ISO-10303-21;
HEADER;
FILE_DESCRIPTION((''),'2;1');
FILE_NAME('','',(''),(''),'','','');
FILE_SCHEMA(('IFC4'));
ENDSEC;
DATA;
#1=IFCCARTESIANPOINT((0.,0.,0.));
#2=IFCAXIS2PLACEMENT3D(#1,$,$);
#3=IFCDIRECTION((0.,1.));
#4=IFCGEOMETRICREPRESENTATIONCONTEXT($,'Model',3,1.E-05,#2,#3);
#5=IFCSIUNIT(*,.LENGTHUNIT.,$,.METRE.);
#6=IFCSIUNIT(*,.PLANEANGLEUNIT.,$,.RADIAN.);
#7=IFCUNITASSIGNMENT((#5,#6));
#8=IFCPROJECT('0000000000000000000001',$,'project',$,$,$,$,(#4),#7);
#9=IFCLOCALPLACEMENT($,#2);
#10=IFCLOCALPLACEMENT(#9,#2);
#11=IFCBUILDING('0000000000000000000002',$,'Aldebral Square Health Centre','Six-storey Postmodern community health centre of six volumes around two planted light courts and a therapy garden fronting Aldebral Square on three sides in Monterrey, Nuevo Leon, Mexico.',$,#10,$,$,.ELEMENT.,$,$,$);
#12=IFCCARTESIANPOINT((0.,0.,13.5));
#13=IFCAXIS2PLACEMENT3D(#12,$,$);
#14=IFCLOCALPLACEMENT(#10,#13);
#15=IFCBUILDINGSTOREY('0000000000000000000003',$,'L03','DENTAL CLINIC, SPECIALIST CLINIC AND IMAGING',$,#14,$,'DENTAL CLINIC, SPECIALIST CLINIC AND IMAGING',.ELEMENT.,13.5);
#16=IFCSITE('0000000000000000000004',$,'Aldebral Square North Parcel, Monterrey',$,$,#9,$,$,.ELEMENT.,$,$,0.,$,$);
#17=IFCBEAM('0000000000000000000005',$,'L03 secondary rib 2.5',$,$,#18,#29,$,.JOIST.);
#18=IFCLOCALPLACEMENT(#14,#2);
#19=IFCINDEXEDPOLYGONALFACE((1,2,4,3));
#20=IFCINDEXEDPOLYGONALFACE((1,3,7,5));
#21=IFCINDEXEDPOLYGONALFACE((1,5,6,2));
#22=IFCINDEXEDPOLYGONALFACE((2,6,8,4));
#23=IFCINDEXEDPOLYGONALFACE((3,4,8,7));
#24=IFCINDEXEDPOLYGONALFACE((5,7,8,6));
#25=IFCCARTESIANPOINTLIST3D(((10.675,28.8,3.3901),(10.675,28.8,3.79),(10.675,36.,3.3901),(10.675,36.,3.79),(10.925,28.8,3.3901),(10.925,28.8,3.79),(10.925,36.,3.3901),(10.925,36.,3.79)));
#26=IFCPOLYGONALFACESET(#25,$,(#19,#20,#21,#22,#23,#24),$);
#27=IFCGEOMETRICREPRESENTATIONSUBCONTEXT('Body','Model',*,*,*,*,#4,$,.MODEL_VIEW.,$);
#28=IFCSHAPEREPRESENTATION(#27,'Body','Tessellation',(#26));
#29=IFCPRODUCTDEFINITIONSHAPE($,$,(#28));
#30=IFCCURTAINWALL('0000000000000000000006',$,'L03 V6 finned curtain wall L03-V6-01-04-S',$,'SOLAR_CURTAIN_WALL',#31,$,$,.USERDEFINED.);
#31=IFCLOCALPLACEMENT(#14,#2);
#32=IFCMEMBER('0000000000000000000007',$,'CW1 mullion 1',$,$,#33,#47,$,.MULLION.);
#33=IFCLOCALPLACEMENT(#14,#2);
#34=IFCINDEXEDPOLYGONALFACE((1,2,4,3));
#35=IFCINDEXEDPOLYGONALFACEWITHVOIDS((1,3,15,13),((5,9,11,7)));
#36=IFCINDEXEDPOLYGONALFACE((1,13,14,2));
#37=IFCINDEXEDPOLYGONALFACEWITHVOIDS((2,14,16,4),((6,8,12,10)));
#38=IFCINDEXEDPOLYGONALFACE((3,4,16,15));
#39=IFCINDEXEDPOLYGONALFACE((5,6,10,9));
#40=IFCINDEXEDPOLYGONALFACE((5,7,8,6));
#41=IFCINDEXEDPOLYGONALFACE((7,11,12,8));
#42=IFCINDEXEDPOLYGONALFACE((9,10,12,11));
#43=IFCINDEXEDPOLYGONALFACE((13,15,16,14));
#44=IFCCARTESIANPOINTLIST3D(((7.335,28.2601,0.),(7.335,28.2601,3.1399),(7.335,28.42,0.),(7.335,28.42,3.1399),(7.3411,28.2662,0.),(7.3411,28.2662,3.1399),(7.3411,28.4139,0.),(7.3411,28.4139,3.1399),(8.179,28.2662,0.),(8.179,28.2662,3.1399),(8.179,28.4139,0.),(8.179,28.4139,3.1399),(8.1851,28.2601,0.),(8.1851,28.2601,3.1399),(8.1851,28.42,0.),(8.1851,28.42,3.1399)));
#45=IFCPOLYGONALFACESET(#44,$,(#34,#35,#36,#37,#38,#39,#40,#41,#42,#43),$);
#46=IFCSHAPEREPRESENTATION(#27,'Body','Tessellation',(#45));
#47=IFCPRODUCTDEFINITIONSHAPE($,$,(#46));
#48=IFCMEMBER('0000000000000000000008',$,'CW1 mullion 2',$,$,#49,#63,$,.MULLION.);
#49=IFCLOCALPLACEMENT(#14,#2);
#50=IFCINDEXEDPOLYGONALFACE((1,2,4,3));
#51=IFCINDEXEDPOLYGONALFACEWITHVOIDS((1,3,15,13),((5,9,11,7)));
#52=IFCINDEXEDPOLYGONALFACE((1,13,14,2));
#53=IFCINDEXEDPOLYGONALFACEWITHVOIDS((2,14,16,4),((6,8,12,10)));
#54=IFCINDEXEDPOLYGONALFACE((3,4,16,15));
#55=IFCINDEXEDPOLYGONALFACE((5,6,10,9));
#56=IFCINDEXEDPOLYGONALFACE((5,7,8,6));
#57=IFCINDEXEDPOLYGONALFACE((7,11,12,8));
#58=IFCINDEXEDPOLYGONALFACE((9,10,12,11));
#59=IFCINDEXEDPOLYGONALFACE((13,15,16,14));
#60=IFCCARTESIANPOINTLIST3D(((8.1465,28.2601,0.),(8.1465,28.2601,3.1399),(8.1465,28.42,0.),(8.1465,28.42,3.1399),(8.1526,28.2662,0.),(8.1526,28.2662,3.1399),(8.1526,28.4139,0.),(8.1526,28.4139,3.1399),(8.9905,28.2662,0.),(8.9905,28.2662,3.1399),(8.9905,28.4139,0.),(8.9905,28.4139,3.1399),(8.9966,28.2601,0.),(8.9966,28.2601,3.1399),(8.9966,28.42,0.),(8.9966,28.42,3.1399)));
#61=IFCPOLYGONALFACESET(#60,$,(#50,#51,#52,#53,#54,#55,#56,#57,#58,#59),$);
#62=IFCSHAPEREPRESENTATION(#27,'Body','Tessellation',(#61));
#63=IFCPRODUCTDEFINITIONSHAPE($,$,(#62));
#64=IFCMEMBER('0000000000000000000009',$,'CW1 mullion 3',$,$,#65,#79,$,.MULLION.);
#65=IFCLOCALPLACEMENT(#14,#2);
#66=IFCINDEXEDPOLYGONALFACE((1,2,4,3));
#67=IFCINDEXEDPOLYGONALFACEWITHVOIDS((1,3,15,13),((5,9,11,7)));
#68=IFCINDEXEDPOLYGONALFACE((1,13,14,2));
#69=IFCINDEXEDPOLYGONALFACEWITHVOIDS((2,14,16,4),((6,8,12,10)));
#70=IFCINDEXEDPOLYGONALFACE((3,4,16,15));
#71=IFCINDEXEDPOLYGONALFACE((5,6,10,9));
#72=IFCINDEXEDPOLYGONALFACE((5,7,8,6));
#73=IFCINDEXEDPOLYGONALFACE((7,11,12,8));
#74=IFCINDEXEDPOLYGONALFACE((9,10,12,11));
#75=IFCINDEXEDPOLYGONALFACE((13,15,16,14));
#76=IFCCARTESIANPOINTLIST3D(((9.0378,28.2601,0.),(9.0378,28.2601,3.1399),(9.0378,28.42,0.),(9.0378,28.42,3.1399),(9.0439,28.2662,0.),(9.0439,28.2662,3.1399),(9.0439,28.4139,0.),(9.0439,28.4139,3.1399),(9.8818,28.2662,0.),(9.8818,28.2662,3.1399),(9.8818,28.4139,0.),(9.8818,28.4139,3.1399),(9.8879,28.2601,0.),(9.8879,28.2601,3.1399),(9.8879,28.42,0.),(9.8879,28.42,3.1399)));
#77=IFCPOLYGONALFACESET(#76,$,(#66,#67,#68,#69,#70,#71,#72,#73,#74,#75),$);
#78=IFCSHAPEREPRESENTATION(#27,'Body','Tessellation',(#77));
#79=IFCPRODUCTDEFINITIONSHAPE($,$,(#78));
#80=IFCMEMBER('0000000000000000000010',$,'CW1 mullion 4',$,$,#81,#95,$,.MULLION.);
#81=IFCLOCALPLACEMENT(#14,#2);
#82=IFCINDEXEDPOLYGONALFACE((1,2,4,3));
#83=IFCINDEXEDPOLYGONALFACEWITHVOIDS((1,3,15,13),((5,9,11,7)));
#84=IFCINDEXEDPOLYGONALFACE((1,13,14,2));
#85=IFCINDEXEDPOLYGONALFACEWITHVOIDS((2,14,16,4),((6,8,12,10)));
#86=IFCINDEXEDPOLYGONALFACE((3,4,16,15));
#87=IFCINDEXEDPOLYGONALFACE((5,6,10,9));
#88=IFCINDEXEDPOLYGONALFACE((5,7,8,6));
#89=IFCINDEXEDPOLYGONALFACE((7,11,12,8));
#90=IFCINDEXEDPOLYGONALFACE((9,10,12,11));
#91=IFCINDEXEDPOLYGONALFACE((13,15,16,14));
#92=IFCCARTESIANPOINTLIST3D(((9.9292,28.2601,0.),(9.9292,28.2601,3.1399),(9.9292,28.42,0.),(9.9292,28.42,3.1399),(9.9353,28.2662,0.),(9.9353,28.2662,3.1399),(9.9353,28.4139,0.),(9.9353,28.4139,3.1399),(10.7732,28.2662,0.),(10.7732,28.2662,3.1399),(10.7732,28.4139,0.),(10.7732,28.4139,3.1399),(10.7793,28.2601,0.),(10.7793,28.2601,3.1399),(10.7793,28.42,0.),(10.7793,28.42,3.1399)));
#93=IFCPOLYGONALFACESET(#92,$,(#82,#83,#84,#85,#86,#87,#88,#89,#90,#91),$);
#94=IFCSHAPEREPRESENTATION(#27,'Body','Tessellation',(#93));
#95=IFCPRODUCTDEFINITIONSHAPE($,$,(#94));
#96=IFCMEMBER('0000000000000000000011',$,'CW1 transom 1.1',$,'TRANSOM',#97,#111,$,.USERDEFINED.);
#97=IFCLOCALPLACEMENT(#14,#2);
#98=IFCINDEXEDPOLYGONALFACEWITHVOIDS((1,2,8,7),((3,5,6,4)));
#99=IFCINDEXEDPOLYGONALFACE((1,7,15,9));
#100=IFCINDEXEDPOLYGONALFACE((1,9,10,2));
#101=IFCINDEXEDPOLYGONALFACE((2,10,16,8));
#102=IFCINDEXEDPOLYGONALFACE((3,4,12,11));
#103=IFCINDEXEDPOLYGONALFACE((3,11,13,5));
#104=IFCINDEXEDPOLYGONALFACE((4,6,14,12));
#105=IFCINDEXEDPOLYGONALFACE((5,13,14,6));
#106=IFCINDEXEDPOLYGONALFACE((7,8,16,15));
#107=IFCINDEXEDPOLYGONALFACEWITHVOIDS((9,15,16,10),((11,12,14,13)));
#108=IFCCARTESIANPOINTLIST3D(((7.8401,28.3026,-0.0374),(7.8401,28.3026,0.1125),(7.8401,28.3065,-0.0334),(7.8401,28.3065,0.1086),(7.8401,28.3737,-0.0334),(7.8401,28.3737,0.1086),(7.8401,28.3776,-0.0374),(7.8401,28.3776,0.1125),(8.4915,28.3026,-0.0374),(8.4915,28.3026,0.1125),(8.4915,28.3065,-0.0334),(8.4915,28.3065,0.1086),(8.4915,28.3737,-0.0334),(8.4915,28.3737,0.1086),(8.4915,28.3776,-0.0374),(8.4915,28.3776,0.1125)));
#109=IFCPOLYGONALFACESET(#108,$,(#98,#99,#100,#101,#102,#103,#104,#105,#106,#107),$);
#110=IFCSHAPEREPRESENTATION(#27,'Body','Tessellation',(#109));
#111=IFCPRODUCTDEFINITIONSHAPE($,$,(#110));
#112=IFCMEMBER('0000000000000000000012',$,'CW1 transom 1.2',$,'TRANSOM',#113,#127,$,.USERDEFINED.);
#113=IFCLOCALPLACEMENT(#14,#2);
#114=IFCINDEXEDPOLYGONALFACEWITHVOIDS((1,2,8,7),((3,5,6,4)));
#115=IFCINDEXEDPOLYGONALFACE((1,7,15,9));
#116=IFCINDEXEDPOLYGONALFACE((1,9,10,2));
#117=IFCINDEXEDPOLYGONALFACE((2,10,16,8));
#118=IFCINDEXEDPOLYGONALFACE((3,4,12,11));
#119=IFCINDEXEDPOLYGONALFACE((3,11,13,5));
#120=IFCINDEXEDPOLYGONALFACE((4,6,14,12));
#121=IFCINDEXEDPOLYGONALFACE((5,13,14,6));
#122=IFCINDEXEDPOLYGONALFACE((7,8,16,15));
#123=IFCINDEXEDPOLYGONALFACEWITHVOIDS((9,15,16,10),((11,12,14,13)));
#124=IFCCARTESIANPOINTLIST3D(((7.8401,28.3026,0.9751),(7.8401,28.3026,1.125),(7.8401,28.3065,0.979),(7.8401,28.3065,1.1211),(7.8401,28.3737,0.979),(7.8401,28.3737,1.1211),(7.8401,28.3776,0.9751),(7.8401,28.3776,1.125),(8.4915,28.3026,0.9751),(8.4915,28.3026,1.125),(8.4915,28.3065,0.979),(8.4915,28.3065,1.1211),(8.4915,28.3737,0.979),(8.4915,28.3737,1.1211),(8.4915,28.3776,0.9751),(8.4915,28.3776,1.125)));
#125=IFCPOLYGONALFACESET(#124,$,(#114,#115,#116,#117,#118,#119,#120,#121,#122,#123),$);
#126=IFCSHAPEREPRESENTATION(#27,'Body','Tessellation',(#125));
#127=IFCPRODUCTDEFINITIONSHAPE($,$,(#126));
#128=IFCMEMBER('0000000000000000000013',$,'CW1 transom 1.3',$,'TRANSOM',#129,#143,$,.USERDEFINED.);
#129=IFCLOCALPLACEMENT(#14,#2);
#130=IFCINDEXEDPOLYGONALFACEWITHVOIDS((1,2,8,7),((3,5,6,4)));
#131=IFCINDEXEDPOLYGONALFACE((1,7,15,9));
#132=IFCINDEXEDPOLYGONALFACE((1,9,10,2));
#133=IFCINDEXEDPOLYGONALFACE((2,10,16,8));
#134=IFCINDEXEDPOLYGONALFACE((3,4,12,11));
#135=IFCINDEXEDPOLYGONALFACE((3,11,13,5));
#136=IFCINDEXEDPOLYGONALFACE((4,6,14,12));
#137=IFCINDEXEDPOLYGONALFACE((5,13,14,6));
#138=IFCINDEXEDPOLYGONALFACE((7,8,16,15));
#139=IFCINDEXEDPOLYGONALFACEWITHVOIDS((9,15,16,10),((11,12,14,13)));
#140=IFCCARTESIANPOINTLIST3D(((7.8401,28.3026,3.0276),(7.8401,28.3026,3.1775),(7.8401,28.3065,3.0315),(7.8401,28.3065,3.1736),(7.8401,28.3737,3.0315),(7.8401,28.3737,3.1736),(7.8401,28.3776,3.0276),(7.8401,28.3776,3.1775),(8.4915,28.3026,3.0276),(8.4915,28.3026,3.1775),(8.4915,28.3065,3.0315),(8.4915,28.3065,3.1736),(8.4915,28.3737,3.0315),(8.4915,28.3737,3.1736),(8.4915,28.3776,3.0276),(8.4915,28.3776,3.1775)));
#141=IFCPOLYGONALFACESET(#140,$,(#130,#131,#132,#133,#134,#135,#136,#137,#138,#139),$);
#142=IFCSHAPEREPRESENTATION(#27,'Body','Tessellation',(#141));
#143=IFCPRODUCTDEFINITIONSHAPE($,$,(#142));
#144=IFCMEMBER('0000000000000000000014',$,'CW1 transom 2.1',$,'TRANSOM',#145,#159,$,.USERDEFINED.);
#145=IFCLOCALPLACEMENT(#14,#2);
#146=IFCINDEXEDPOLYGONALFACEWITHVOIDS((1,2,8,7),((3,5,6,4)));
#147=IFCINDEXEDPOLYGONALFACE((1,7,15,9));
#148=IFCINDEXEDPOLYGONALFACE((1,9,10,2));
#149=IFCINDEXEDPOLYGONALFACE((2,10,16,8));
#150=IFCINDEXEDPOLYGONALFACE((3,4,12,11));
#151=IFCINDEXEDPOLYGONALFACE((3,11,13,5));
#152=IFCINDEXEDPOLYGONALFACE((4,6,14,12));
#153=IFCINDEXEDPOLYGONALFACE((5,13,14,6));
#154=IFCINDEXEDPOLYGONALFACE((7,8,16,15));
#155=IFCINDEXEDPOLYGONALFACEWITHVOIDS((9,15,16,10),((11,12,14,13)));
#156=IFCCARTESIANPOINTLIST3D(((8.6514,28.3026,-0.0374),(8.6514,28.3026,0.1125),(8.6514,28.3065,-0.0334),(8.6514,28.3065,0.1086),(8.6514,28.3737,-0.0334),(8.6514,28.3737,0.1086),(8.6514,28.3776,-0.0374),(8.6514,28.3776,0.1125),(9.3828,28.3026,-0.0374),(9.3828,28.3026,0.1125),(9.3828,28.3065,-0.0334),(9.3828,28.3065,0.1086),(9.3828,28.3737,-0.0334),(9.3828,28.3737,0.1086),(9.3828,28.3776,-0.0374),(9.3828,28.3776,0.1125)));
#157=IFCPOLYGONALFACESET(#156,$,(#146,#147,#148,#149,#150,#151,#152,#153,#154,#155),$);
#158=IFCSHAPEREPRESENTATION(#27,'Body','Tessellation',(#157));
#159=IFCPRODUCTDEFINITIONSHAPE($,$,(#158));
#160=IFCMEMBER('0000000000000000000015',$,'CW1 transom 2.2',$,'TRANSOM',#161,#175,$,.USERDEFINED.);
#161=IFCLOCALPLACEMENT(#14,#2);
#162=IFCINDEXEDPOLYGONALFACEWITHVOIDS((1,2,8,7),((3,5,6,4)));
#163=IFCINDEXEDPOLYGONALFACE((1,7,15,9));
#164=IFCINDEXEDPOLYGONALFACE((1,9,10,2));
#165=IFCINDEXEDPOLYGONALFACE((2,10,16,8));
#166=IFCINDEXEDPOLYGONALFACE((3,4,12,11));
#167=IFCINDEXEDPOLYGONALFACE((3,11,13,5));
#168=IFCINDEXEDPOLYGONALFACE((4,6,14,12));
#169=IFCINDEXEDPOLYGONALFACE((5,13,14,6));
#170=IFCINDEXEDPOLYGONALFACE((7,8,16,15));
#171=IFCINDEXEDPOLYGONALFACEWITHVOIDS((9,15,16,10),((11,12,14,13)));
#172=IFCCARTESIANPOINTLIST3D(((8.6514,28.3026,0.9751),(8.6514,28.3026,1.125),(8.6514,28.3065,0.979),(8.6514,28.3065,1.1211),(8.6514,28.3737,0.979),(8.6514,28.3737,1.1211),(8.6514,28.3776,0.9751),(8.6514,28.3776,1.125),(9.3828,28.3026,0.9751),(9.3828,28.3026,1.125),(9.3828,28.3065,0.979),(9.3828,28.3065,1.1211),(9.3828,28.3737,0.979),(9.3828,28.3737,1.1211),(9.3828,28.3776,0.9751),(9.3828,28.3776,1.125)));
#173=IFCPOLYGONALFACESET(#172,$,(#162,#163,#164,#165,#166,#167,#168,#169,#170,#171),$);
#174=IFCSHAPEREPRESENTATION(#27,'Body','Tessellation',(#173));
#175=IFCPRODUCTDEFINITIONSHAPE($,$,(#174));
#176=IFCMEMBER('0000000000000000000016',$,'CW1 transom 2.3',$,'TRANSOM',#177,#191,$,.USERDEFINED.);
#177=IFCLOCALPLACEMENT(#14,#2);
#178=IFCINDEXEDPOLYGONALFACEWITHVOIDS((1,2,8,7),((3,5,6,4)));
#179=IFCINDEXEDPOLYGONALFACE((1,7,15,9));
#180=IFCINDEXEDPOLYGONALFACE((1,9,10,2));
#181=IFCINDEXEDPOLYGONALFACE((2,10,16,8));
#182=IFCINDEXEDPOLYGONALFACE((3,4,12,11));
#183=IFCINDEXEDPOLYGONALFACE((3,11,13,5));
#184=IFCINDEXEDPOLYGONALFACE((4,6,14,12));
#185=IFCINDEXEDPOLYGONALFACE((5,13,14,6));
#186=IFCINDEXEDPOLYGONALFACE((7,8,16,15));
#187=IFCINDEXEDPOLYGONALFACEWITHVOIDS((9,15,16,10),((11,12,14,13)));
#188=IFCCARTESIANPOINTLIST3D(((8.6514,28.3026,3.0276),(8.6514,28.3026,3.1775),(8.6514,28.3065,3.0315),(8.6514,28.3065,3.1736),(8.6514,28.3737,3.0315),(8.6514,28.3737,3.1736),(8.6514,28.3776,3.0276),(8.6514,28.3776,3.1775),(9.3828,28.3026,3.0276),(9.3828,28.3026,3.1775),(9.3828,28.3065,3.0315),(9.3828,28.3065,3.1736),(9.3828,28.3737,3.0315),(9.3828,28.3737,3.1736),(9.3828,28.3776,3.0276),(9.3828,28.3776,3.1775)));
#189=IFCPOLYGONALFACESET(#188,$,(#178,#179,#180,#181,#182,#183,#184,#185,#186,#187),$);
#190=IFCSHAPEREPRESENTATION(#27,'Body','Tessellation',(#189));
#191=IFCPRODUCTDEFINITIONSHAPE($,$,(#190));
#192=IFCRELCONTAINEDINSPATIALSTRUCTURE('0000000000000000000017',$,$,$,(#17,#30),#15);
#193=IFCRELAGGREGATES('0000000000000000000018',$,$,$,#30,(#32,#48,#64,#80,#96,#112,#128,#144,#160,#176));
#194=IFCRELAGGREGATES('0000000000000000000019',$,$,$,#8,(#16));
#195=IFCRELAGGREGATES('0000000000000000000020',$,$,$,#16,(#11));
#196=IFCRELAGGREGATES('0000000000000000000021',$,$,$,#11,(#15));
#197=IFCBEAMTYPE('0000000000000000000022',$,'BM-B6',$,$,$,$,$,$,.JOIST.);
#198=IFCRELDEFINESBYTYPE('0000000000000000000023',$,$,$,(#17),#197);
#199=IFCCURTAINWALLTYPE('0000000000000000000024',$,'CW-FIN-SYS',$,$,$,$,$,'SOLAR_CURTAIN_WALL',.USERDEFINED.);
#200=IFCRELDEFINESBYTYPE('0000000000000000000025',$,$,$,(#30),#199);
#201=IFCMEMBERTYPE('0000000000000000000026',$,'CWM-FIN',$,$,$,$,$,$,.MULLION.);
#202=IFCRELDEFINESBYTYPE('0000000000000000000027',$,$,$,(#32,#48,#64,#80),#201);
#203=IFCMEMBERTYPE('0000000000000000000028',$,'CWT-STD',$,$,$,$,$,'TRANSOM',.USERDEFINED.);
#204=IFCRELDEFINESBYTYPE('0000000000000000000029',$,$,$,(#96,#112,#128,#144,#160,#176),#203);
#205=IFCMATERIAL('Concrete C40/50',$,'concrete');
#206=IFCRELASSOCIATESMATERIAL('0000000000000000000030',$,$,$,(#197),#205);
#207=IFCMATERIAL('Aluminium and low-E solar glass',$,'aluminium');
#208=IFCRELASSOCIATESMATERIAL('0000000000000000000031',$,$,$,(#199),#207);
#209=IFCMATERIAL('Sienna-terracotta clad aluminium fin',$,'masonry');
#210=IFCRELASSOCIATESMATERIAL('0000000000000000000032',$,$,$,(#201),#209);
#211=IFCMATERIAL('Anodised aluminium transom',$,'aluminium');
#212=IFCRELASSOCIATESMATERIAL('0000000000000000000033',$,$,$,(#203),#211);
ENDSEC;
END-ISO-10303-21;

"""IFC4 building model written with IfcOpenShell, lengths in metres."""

from ifc_helpers import new_model, si_unit, direction, frame, origin, origin_2d, place, context, subcontext, project, spatial, rectangle, hollow_rectangle, extrude, material, material_profile, profile_set, type_object, element, aggregate, save


model = new_model("IFC4")

# Units and contexts
model_context = context("Model", 3, precision=1e-05, world=origin(), true_north=direction((0.0, 1.0)))
body_context = subcontext(model_context, "Body", "Model", "MODEL_VIEW")
ifc_project = project(units=[si_unit("LENGTHUNIT", "METRE"), si_unit("PLANEANGLEUNIT", "RADIAN")], contexts=[model_context])

# Site, building, storey
site_placement = place(None, origin())
site = spatial("IfcSite", under=ifc_project, at=site_placement, Name="Aldebral Square North Parcel, Monterrey", CompositionType="ELEMENT", RefElevation=0.0)
building_placement = place(site_placement, origin())
building = spatial("IfcBuilding", under=site, at=building_placement, Name="Aldebral Square Health Centre", Description="Six-storey Postmodern community health centre of six volumes around two planted light courts and a therapy garden fronting Aldebral Square on three sides in Monterrey, Nuevo Leon, Mexico.", CompositionType="ELEMENT")
storey_placement = place(building_placement, frame((0.0, 0.0, 13.5)))
storey = spatial("IfcBuildingStorey", under=building, at=storey_placement, Name="L03", Description="DENTAL CLINIC, SPECIALIST CLINIC AND IMAGING", LongName="DENTAL CLINIC, SPECIALIST CLINIC AND IMAGING", CompositionType="ELEMENT", Elevation=13.5)

# Beam
ifc_material_1 = material(Name="Concrete C40/50", Category="concrete")
ifc_material_profile_1 = material_profile(ifc_material_1, rectangle(XDim=0.25, YDim=0.3999, at=origin_2d()), Name="RC 250x400")
ifc_profile_set_1 = profile_set([ifc_material_profile_1], Name="Concrete C40/50")
beam_type = type_object("IfcBeamType", Name="BM-B6", PredefinedType="JOIST", material=ifc_profile_set_1)
beam_placement = place(storey_placement, frame((10.8, 28.8, 3.5901), z_axis=(0.0, 1.0, 0.0), x_axis=(-1.0, 0.0, 0.0)))
element("IfcBeam", 1, at=beam_placement, inside=storey, type_object=beam_type, Name="L03 secondary rib 2.5", PredefinedType="JOIST", context=body_context, shape_type="SweptSolid", body=[
    extrude(rectangle(XDim=0.25, YDim=0.3999, at=origin_2d()), origin(), (0.0, 0.0, 1.0), 7.2),
])

# Curtain wall, members
ifc_material_2 = material(Name="Aluminium and low-E solar glass", Category="aluminium")
curtain_wall_type = type_object("IfcCurtainWallType", Name="CW-FIN-SYS", ElementType="SOLAR_CURTAIN_WALL", PredefinedType="USERDEFINED", material=ifc_material_2)
curtain_wall_placement = place(storey_placement, origin())
curtain_wall = element("IfcCurtainWall", 2, at=curtain_wall_placement, inside=storey, type_object=curtain_wall_type, Name="L03 V6 finned curtain wall L03-V6-01-04-S", ObjectType="SOLAR_CURTAIN_WALL", PredefinedType="USERDEFINED")
ifc_material_3 = material(Name="Sienna-terracotta clad aluminium fin", Category="masonry")
ifc_material_profile_2 = material_profile(ifc_material_3, hollow_rectangle(XDim=0.1599, YDim=0.8501, WallThickness=0.0061, at=origin_2d()), Name="FIN 160x850x6")
ifc_profile_set_2 = profile_set([ifc_material_profile_2], Name="Sienna-terracotta clad aluminium fin")
member_type_1 = type_object("IfcMemberType", Name="CWM-FIN", PredefinedType="MULLION", material=ifc_profile_set_2)
member_1_placement = place(storey_placement, frame((7.76, 28.3401, 0.0), z_axis=(0.0, 0.0, 1.0), x_axis=(0.0, 1.0, 0.0)))
member_1 = element("IfcMember", 3, at=member_1_placement, type_object=member_type_1, Name="CW1 mullion 1", PredefinedType="MULLION", context=body_context, shape_type="SweptSolid", body=[
    extrude(hollow_rectangle(XDim=0.1599, YDim=0.8501, WallThickness=0.0061, at=origin_2d()), origin(), (0.0, 0.0, 1.0), 3.1399),
])
member_2_placement = place(storey_placement, frame((8.5715, 28.3401, 0.0), z_axis=(0.0, 0.0, 1.0), x_axis=(0.0, 1.0, 0.0)))
member_2 = element("IfcMember", 4, at=member_2_placement, type_object=member_type_1, Name="CW1 mullion 2", PredefinedType="MULLION", context=body_context, shape_type="SweptSolid", body=[
    extrude(hollow_rectangle(XDim=0.1599, YDim=0.8501, WallThickness=0.0061, at=origin_2d()), origin(), (0.0, 0.0, 1.0), 3.1399),
])
member_3_placement = place(storey_placement, frame((9.4629, 28.3401, 0.0), z_axis=(0.0, 0.0, 1.0), x_axis=(0.0, 1.0, 0.0)))
member_3 = element("IfcMember", 5, at=member_3_placement, type_object=member_type_1, Name="CW1 mullion 3", PredefinedType="MULLION", context=body_context, shape_type="SweptSolid", body=[
    extrude(hollow_rectangle(XDim=0.1599, YDim=0.8501, WallThickness=0.0061, at=origin_2d()), origin(), (0.0, 0.0, 1.0), 3.1399),
])
member_4_placement = place(storey_placement, frame((10.3542, 28.3401, 0.0), z_axis=(0.0, 0.0, 1.0), x_axis=(0.0, 1.0, 0.0)))
member_4 = element("IfcMember", 6, at=member_4_placement, type_object=member_type_1, Name="CW1 mullion 4", PredefinedType="MULLION", context=body_context, shape_type="SweptSolid", body=[
    extrude(hollow_rectangle(XDim=0.1599, YDim=0.8501, WallThickness=0.0061, at=origin_2d()), origin(), (0.0, 0.0, 1.0), 3.1399),
])
ifc_material_4 = material(Name="Anodised aluminium transom", Category="aluminium")
ifc_material_profile_3 = material_profile(ifc_material_4, hollow_rectangle(XDim=0.075, YDim=0.1499, WallThickness=0.0039, at=origin_2d()), Name="CWT 75x150x4")
ifc_profile_set_3 = profile_set([ifc_material_profile_3], Name="Anodised aluminium transom")
member_type_2 = type_object("IfcMemberType", Name="CWT-STD", ElementType="TRANSOM", PredefinedType="USERDEFINED", material=ifc_profile_set_3)
member_5_placement = place(storey_placement, frame((7.8401, 28.3401, 0.0376), z_axis=(1.0, 0.0, 0.0), x_axis=(0.0, 1.0, 0.0)))
member_5 = element("IfcMember", 7, at=member_5_placement, type_object=member_type_2, Name="CW1 transom 1.1", ObjectType="TRANSOM", PredefinedType="USERDEFINED", context=body_context, shape_type="SweptSolid", body=[
    extrude(hollow_rectangle(XDim=0.075, YDim=0.1499, WallThickness=0.0039, at=origin_2d()), origin(), (0.0, 0.0, 1.0), 0.6514),
])
member_6_placement = place(storey_placement, frame((7.8401, 28.3401, 1.05), z_axis=(1.0, 0.0, 0.0), x_axis=(0.0, 1.0, 0.0)))
member_6 = element("IfcMember", 8, at=member_6_placement, type_object=member_type_2, Name="CW1 transom 1.2", ObjectType="TRANSOM", PredefinedType="USERDEFINED", context=body_context, shape_type="SweptSolid", body=[
    extrude(hollow_rectangle(XDim=0.075, YDim=0.1499, WallThickness=0.0039, at=origin_2d()), origin(), (0.0, 0.0, 1.0), 0.6514),
])
member_7_placement = place(storey_placement, frame((7.8401, 28.3401, 3.1025), z_axis=(1.0, 0.0, 0.0), x_axis=(0.0, 1.0, 0.0)))
member_7 = element("IfcMember", 9, at=member_7_placement, type_object=member_type_2, Name="CW1 transom 1.3", ObjectType="TRANSOM", PredefinedType="USERDEFINED", context=body_context, shape_type="SweptSolid", body=[
    extrude(hollow_rectangle(XDim=0.075, YDim=0.1499, WallThickness=0.0039, at=origin_2d()), origin(), (0.0, 0.0, 1.0), 0.6514),
])
member_8_placement = place(storey_placement, frame((8.6514, 28.3401, 0.0376), z_axis=(1.0, 0.0, 0.0), x_axis=(0.0, 1.0, 0.0)))
member_8 = element("IfcMember", 10, at=member_8_placement, type_object=member_type_2, Name="CW1 transom 2.1", ObjectType="TRANSOM", PredefinedType="USERDEFINED", context=body_context, shape_type="SweptSolid", body=[
    extrude(hollow_rectangle(XDim=0.075, YDim=0.1499, WallThickness=0.0039, at=origin_2d()), origin(), (0.0, 0.0, 1.0), 0.7314),
])
member_9_placement = place(storey_placement, frame((8.6514, 28.3401, 1.05), z_axis=(1.0, 0.0, 0.0), x_axis=(0.0, 1.0, 0.0)))
member_9 = element("IfcMember", 11, at=member_9_placement, type_object=member_type_2, Name="CW1 transom 2.2", ObjectType="TRANSOM", PredefinedType="USERDEFINED", context=body_context, shape_type="SweptSolid", body=[
    extrude(hollow_rectangle(XDim=0.075, YDim=0.1499, WallThickness=0.0039, at=origin_2d()), origin(), (0.0, 0.0, 1.0), 0.7314),
])
member_10_placement = place(storey_placement, frame((8.6514, 28.3401, 3.1025), z_axis=(1.0, 0.0, 0.0), x_axis=(0.0, 1.0, 0.0)))
member_10 = element("IfcMember", 12, at=member_10_placement, type_object=member_type_2, Name="CW1 transom 2.3", ObjectType="TRANSOM", PredefinedType="USERDEFINED", context=body_context, shape_type="SweptSolid", body=[
    extrude(hollow_rectangle(XDim=0.075, YDim=0.1499, WallThickness=0.0039, at=origin_2d()), origin(), (0.0, 0.0, 1.0), 0.7314),
])
aggregate(curtain_wall, [member_1, member_2, member_3, member_4, member_5, member_6, member_7, member_8, member_9, member_10])

save(model, "model.ifc")
